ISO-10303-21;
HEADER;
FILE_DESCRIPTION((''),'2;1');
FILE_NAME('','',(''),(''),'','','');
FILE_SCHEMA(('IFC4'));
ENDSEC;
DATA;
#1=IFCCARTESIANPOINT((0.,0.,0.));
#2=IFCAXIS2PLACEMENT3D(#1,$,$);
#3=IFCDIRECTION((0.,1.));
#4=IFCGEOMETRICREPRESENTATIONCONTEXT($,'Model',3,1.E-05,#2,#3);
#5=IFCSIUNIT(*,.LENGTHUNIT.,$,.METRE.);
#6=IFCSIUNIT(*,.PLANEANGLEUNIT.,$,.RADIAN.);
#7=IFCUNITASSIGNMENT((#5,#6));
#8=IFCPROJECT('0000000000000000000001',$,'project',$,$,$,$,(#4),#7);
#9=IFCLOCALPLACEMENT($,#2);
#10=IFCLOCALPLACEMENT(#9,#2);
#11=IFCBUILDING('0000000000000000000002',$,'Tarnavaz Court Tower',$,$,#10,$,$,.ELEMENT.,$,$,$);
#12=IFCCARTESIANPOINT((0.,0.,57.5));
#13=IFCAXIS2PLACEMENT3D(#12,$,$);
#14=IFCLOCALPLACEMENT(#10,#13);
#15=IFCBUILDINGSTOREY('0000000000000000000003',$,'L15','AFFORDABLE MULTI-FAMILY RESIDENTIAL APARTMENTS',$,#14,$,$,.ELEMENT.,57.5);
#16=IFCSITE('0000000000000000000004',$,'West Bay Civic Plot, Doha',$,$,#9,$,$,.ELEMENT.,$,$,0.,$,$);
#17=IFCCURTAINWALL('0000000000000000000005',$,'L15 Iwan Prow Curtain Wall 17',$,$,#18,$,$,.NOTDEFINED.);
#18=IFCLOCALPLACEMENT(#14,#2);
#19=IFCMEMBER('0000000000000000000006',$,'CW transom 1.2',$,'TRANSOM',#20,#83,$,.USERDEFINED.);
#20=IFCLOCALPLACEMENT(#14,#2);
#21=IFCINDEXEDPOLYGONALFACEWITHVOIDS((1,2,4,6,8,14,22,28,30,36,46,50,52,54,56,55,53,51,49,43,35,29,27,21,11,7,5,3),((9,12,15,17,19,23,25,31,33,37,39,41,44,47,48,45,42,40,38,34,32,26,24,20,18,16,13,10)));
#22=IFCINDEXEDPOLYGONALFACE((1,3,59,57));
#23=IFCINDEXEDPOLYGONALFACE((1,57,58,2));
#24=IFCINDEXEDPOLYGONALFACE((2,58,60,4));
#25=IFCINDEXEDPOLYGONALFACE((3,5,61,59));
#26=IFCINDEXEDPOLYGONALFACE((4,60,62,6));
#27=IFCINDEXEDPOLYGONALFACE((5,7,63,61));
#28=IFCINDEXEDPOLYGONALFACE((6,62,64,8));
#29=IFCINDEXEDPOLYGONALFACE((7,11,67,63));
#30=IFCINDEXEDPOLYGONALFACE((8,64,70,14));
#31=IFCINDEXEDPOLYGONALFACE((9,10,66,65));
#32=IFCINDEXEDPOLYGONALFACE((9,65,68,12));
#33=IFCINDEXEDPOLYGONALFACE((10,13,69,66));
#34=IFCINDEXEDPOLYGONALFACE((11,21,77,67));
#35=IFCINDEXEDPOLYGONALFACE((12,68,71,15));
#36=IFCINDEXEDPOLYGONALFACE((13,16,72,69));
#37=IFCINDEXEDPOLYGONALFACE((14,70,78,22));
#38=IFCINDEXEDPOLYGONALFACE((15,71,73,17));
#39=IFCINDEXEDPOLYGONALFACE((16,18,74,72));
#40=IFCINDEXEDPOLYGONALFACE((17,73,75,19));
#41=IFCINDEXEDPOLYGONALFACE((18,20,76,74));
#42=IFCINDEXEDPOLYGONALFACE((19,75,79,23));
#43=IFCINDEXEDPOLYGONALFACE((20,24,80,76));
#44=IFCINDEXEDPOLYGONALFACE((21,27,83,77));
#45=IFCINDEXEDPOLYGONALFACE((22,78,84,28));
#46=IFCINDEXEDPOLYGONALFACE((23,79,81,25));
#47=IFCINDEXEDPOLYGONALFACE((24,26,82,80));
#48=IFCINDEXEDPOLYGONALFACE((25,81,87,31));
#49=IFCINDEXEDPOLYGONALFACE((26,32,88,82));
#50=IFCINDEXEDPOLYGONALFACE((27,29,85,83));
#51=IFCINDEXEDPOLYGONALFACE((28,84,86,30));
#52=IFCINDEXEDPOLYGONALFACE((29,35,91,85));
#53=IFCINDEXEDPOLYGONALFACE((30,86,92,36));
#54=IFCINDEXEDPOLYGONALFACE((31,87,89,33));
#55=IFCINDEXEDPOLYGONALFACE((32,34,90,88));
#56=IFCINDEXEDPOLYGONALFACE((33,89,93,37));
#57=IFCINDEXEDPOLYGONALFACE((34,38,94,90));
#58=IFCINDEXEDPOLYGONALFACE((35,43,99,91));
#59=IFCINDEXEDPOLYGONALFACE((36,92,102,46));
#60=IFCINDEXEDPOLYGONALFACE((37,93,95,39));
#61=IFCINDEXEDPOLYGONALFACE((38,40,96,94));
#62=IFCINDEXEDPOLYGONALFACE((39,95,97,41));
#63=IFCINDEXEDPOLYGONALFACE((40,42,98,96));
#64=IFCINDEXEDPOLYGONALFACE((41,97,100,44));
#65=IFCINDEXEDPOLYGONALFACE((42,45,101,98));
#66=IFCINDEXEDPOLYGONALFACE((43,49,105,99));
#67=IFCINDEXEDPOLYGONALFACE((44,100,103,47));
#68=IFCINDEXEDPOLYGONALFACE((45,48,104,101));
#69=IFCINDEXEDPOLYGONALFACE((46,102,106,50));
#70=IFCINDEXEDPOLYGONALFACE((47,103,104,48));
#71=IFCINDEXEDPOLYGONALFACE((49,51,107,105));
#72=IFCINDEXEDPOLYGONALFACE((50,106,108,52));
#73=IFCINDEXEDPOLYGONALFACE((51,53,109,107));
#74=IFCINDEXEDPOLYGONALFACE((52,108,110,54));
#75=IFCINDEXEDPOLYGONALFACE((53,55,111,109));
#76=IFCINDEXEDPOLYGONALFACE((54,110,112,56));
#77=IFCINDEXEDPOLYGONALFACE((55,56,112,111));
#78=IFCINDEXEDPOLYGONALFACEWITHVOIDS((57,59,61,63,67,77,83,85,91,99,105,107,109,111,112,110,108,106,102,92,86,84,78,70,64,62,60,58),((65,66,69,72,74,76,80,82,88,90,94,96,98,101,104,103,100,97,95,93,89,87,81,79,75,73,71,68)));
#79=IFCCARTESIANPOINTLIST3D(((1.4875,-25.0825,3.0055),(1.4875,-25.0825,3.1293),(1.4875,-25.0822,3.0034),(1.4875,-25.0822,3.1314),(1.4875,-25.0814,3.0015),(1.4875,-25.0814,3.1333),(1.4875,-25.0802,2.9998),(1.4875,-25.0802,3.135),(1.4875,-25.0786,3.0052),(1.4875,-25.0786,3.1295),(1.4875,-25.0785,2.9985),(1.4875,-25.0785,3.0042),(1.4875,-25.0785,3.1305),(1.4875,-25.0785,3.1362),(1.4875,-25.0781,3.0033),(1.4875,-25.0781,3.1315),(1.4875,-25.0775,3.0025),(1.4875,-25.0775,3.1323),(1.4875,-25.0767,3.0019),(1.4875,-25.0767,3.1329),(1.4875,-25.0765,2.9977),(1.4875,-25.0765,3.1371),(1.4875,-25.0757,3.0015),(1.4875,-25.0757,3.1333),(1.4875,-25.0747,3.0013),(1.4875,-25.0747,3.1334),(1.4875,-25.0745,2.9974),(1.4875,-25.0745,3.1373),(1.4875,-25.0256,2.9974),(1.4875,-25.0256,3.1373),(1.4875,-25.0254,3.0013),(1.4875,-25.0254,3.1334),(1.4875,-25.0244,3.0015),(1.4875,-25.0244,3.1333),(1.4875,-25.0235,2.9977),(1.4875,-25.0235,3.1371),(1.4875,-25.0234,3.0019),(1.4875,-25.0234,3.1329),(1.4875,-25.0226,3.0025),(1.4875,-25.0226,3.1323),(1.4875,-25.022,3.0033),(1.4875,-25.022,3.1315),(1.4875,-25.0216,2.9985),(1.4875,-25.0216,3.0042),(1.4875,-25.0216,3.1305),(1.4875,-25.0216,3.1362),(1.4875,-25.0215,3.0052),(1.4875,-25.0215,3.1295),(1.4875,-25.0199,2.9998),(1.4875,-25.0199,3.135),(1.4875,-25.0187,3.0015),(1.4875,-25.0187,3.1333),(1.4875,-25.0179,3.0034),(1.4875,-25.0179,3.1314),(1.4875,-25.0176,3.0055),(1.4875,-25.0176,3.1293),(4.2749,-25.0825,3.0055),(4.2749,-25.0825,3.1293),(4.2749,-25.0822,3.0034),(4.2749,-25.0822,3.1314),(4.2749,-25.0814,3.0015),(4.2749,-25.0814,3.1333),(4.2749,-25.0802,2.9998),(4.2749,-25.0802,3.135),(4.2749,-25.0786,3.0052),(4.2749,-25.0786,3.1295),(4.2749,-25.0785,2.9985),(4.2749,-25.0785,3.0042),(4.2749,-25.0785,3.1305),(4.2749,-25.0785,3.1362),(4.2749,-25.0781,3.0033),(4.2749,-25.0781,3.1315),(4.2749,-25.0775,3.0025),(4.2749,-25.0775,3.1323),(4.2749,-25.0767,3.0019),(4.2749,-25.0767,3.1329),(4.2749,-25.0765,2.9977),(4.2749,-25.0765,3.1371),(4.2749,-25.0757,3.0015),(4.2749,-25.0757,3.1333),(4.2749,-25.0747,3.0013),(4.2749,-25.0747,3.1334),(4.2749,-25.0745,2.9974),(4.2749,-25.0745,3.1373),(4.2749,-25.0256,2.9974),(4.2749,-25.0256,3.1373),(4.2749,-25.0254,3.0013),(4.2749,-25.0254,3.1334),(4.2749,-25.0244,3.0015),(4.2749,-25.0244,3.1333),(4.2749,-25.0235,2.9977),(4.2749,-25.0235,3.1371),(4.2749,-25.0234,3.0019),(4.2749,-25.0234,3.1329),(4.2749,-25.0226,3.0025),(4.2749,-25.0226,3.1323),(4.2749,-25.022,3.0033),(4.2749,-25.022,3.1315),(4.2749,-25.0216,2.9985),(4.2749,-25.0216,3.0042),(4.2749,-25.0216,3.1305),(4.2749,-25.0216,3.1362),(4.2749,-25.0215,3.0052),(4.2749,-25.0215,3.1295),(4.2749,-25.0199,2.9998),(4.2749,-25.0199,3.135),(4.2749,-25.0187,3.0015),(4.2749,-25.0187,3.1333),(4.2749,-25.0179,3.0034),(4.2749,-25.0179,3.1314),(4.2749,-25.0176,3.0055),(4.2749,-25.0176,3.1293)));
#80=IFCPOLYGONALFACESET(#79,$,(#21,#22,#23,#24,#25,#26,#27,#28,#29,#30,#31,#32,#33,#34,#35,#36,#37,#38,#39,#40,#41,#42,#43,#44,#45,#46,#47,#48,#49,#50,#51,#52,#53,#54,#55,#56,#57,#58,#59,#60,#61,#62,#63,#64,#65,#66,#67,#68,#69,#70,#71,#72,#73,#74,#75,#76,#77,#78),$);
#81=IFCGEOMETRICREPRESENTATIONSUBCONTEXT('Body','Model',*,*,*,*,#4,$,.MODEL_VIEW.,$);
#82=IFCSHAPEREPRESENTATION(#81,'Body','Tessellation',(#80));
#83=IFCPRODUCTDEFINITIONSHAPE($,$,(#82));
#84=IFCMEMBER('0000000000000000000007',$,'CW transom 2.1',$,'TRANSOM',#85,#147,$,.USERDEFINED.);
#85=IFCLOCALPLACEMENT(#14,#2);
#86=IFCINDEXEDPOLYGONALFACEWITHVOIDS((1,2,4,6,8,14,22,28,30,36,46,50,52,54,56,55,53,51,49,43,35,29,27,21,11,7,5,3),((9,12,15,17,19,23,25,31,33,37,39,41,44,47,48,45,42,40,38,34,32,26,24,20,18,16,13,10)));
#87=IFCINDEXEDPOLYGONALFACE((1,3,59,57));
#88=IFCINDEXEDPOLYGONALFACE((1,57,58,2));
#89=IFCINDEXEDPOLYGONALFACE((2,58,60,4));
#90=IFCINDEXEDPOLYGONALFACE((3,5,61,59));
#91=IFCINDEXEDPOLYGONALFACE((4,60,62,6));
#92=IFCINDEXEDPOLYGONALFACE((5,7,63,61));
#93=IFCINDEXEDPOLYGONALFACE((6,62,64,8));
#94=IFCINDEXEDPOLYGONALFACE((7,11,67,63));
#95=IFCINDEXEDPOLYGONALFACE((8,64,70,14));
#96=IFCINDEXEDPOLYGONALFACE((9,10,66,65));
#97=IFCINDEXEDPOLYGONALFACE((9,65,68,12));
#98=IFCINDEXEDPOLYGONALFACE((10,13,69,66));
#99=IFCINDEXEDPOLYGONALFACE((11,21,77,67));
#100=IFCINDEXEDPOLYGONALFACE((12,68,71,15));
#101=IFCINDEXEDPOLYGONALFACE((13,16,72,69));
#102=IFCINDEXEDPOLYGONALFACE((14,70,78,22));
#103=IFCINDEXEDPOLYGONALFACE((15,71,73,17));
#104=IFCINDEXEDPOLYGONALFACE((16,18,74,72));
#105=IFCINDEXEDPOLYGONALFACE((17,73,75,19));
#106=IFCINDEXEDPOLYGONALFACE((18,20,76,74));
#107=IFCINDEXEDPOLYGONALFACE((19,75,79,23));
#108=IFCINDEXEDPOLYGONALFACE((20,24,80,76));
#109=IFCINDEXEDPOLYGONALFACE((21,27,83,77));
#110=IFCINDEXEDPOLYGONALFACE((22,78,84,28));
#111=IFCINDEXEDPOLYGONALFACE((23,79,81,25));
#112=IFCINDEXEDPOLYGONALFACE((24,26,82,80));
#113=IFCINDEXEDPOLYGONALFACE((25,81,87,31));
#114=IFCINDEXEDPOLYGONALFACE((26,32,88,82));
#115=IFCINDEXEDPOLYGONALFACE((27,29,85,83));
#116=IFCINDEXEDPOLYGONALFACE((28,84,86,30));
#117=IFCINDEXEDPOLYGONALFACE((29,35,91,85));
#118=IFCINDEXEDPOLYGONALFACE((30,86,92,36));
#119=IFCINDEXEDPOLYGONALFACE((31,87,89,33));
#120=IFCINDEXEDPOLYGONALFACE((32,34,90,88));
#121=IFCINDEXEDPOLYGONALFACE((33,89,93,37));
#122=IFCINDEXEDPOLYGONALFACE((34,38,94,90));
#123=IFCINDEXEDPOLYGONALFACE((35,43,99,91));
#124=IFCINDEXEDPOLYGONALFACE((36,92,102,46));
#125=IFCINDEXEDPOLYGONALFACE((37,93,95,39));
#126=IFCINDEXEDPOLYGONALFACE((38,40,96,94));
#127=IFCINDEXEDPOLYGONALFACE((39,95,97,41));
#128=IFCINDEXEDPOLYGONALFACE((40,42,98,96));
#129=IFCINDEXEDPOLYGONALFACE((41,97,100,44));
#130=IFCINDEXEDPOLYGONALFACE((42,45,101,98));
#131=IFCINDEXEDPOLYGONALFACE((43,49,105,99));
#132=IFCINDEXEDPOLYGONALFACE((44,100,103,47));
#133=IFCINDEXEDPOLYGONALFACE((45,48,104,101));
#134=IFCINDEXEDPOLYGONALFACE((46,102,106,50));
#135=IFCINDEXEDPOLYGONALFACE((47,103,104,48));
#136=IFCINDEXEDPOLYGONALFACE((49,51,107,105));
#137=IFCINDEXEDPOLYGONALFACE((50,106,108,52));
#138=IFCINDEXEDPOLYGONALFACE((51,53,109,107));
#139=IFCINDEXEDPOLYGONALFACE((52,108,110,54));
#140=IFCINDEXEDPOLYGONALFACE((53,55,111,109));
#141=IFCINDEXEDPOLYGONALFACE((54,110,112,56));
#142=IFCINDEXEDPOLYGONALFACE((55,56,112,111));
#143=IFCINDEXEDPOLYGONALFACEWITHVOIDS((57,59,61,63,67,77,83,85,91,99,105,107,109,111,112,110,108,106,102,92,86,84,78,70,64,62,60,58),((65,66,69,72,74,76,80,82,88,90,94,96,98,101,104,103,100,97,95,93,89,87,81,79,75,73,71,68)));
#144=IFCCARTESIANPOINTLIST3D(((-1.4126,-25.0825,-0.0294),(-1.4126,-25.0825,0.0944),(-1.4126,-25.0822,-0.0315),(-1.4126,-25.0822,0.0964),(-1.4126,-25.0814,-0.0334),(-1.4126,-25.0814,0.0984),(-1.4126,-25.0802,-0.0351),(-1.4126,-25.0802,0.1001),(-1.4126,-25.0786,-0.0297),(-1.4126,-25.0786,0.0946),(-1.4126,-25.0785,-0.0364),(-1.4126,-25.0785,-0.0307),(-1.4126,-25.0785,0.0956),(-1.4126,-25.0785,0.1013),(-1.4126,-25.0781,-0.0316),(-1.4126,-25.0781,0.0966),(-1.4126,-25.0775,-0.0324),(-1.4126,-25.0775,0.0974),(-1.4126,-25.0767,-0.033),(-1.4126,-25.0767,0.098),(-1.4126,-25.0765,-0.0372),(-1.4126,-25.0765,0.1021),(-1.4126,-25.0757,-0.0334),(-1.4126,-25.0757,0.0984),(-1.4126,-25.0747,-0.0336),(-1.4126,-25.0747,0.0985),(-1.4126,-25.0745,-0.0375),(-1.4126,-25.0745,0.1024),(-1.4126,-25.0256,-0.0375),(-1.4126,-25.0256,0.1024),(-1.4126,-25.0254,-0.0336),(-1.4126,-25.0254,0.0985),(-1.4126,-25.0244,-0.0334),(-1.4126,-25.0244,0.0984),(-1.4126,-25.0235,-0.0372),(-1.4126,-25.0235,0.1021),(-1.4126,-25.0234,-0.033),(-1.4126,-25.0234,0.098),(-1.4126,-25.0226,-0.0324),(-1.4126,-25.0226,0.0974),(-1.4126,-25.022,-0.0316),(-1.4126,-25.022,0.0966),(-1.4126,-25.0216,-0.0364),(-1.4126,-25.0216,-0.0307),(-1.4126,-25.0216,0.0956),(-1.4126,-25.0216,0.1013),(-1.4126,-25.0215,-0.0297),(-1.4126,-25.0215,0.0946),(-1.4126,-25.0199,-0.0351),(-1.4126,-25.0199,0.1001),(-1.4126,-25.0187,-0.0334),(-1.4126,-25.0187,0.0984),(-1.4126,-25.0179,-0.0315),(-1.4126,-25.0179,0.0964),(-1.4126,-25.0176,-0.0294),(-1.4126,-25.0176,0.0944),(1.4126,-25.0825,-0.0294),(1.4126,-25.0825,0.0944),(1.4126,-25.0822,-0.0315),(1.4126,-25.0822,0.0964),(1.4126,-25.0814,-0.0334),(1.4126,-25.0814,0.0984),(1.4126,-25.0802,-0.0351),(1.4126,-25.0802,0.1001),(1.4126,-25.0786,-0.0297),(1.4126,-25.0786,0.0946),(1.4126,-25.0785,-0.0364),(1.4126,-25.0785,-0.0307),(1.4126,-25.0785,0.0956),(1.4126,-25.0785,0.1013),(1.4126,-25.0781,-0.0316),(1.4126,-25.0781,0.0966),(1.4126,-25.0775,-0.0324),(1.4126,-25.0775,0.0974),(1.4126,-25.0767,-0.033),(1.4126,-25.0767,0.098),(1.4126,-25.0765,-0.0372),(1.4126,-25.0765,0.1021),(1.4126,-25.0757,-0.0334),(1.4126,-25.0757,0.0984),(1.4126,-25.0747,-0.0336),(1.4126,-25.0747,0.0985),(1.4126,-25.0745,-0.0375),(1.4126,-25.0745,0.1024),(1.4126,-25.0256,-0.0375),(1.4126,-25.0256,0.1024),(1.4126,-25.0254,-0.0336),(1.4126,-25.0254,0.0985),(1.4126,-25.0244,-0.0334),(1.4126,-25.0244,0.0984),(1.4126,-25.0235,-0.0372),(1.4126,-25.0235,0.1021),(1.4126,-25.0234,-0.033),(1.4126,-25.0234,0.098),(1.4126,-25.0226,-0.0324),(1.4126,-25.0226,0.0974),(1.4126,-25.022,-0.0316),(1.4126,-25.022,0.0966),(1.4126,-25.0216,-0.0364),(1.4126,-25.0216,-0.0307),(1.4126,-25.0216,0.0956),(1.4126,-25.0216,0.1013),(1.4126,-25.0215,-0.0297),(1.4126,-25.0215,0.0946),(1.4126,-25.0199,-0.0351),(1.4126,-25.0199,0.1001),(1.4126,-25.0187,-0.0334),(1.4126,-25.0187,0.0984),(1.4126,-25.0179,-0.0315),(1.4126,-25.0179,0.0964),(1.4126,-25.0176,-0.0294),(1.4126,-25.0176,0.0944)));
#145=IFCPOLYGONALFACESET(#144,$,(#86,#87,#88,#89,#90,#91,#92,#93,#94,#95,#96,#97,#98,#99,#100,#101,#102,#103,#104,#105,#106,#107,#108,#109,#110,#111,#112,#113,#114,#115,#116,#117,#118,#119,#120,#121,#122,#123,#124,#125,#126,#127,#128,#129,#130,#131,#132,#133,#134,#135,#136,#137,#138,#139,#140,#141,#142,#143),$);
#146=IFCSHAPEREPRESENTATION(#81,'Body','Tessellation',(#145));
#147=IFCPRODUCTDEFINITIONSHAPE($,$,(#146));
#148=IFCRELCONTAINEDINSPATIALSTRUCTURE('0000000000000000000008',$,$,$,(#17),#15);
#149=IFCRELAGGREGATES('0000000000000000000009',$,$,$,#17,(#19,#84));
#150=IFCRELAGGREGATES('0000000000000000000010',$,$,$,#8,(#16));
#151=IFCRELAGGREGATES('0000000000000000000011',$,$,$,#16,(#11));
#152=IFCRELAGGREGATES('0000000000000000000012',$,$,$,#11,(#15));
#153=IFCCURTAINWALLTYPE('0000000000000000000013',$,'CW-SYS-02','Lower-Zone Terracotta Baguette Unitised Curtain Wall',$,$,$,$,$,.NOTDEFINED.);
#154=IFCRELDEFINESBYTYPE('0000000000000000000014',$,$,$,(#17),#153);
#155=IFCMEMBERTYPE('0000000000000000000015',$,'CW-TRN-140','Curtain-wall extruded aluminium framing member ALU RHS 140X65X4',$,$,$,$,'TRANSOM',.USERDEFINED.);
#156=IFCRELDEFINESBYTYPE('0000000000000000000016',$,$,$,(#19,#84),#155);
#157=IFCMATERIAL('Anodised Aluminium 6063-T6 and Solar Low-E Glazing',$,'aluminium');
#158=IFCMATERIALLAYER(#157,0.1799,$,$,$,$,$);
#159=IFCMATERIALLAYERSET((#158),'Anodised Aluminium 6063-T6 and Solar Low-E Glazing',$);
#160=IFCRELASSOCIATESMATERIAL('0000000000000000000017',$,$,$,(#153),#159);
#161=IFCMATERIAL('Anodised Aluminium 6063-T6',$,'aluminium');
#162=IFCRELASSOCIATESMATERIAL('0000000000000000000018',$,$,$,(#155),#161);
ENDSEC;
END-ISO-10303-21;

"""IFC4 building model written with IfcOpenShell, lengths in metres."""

from ifc_helpers import new_model, si_unit, direction, frame, origin, origin_2d, place, context, subcontext, project, spatial, hollow_rectangle, extrude, material, layer, layer_set, material_profile, profile_set, type_object, element, aggregate, save


model = new_model("IFC4")

# Units and contexts
model_context = context("Model", 3, precision=1e-05, world=origin(), true_north=direction((0.0, 1.0)))
body_context = subcontext(model_context, "Body", "Model", "MODEL_VIEW")
ifc_project = project(units=[si_unit("LENGTHUNIT", "METRE"), si_unit("PLANEANGLEUNIT", "RADIAN")], contexts=[model_context])

# Site, building, storey
site_placement = place(None, origin())
site = spatial("IfcSite", under=ifc_project, at=site_placement, Name="West Bay Civic Plot, Doha", CompositionType="ELEMENT", RefElevation=0.0)
building_placement = place(site_placement, origin())
building = spatial("IfcBuilding", under=site, at=building_placement, Name="Tarnavaz Court Tower", CompositionType="ELEMENT")
storey_placement = place(building_placement, frame((0.0, 0.0, 57.5)))
storey = spatial("IfcBuildingStorey", under=building, at=storey_placement, Name="L15", Description="AFFORDABLE MULTI-FAMILY RESIDENTIAL APARTMENTS", CompositionType="ELEMENT", Elevation=57.5)

# Curtain wall, members
ifc_material_1 = material(Name="Anodised Aluminium 6063-T6 and Solar Low-E Glazing", Category="aluminium")
ifc_layer_1 = layer(ifc_material_1, 0.1799)
ifc_layer_set_1 = layer_set([ifc_layer_1], Name="Anodised Aluminium 6063-T6 and Solar Low-E Glazing")
curtain_wall_type = type_object("IfcCurtainWallType", Name="CW-SYS-02", Description="Lower-Zone Terracotta Baguette Unitised Curtain Wall", PredefinedType="NOTDEFINED", material=ifc_layer_set_1)
curtain_wall_placement = place(storey_placement, origin())
curtain_wall = element("IfcCurtainWall", 1, at=curtain_wall_placement, inside=storey, type_object=curtain_wall_type, Name="L15 Iwan Prow Curtain Wall 17", PredefinedType="NOTDEFINED")
ifc_material_2 = material(Name="Anodised Aluminium 6063-T6", Category="aluminium")
ifc_material_profile_1 = material_profile(ifc_material_2, hollow_rectangle(XDim=0.0649, YDim=0.1399, WallThickness=0.0039, InnerFilletRadius=0.0039, OuterFilletRadius=0.0081, at=origin_2d()), Name="ALU RHS 140X65X4")
ifc_profile_set_1 = profile_set([ifc_material_profile_1], Name="Anodised Aluminium 6063-T6")
member_type_1 = type_object("IfcMemberType", Name="CW-TRN-140", Description="Curtain-wall extruded aluminium framing member ALU RHS 140X65X4", ElementType="TRANSOM", PredefinedType="USERDEFINED", material=ifc_profile_set_1)
member_1_placement = place(storey_placement, frame((4.2749, -25.05, 3.0674), z_axis=(-1.0, 0.0, 0.0), x_axis=(0.0, -1.0, 0.0)))
member_1 = element("IfcMember", 2, at=member_1_placement, type_object=member_type_1, Name="CW transom 1.2", ObjectType="TRANSOM", PredefinedType="USERDEFINED", context=body_context, shape_type="SweptSolid", body=[
    extrude(hollow_rectangle(XDim=0.0649, YDim=0.1399, WallThickness=0.0039, InnerFilletRadius=0.0039, OuterFilletRadius=0.0081, at=origin_2d()), origin(), (0.0, 0.0, 1.0), 2.7874),
])
member_2_placement = place(storey_placement, frame((1.4126, -25.05, 0.0325), z_axis=(-1.0, 0.0, 0.0), x_axis=(0.0, -1.0, 0.0)))
member_2 = element("IfcMember", 3, at=member_2_placement, type_object=member_type_1, Name="CW transom 2.1", ObjectType="TRANSOM", PredefinedType="USERDEFINED", context=body_context, shape_type="SweptSolid", body=[
    extrude(hollow_rectangle(XDim=0.0649, YDim=0.1399, WallThickness=0.0039, InnerFilletRadius=0.0039, OuterFilletRadius=0.0081, at=origin_2d()), origin(), (0.0, 0.0, 1.0), 2.8252),
])
aggregate(curtain_wall, [member_1, member_2])

save(model, "model.ifc")
